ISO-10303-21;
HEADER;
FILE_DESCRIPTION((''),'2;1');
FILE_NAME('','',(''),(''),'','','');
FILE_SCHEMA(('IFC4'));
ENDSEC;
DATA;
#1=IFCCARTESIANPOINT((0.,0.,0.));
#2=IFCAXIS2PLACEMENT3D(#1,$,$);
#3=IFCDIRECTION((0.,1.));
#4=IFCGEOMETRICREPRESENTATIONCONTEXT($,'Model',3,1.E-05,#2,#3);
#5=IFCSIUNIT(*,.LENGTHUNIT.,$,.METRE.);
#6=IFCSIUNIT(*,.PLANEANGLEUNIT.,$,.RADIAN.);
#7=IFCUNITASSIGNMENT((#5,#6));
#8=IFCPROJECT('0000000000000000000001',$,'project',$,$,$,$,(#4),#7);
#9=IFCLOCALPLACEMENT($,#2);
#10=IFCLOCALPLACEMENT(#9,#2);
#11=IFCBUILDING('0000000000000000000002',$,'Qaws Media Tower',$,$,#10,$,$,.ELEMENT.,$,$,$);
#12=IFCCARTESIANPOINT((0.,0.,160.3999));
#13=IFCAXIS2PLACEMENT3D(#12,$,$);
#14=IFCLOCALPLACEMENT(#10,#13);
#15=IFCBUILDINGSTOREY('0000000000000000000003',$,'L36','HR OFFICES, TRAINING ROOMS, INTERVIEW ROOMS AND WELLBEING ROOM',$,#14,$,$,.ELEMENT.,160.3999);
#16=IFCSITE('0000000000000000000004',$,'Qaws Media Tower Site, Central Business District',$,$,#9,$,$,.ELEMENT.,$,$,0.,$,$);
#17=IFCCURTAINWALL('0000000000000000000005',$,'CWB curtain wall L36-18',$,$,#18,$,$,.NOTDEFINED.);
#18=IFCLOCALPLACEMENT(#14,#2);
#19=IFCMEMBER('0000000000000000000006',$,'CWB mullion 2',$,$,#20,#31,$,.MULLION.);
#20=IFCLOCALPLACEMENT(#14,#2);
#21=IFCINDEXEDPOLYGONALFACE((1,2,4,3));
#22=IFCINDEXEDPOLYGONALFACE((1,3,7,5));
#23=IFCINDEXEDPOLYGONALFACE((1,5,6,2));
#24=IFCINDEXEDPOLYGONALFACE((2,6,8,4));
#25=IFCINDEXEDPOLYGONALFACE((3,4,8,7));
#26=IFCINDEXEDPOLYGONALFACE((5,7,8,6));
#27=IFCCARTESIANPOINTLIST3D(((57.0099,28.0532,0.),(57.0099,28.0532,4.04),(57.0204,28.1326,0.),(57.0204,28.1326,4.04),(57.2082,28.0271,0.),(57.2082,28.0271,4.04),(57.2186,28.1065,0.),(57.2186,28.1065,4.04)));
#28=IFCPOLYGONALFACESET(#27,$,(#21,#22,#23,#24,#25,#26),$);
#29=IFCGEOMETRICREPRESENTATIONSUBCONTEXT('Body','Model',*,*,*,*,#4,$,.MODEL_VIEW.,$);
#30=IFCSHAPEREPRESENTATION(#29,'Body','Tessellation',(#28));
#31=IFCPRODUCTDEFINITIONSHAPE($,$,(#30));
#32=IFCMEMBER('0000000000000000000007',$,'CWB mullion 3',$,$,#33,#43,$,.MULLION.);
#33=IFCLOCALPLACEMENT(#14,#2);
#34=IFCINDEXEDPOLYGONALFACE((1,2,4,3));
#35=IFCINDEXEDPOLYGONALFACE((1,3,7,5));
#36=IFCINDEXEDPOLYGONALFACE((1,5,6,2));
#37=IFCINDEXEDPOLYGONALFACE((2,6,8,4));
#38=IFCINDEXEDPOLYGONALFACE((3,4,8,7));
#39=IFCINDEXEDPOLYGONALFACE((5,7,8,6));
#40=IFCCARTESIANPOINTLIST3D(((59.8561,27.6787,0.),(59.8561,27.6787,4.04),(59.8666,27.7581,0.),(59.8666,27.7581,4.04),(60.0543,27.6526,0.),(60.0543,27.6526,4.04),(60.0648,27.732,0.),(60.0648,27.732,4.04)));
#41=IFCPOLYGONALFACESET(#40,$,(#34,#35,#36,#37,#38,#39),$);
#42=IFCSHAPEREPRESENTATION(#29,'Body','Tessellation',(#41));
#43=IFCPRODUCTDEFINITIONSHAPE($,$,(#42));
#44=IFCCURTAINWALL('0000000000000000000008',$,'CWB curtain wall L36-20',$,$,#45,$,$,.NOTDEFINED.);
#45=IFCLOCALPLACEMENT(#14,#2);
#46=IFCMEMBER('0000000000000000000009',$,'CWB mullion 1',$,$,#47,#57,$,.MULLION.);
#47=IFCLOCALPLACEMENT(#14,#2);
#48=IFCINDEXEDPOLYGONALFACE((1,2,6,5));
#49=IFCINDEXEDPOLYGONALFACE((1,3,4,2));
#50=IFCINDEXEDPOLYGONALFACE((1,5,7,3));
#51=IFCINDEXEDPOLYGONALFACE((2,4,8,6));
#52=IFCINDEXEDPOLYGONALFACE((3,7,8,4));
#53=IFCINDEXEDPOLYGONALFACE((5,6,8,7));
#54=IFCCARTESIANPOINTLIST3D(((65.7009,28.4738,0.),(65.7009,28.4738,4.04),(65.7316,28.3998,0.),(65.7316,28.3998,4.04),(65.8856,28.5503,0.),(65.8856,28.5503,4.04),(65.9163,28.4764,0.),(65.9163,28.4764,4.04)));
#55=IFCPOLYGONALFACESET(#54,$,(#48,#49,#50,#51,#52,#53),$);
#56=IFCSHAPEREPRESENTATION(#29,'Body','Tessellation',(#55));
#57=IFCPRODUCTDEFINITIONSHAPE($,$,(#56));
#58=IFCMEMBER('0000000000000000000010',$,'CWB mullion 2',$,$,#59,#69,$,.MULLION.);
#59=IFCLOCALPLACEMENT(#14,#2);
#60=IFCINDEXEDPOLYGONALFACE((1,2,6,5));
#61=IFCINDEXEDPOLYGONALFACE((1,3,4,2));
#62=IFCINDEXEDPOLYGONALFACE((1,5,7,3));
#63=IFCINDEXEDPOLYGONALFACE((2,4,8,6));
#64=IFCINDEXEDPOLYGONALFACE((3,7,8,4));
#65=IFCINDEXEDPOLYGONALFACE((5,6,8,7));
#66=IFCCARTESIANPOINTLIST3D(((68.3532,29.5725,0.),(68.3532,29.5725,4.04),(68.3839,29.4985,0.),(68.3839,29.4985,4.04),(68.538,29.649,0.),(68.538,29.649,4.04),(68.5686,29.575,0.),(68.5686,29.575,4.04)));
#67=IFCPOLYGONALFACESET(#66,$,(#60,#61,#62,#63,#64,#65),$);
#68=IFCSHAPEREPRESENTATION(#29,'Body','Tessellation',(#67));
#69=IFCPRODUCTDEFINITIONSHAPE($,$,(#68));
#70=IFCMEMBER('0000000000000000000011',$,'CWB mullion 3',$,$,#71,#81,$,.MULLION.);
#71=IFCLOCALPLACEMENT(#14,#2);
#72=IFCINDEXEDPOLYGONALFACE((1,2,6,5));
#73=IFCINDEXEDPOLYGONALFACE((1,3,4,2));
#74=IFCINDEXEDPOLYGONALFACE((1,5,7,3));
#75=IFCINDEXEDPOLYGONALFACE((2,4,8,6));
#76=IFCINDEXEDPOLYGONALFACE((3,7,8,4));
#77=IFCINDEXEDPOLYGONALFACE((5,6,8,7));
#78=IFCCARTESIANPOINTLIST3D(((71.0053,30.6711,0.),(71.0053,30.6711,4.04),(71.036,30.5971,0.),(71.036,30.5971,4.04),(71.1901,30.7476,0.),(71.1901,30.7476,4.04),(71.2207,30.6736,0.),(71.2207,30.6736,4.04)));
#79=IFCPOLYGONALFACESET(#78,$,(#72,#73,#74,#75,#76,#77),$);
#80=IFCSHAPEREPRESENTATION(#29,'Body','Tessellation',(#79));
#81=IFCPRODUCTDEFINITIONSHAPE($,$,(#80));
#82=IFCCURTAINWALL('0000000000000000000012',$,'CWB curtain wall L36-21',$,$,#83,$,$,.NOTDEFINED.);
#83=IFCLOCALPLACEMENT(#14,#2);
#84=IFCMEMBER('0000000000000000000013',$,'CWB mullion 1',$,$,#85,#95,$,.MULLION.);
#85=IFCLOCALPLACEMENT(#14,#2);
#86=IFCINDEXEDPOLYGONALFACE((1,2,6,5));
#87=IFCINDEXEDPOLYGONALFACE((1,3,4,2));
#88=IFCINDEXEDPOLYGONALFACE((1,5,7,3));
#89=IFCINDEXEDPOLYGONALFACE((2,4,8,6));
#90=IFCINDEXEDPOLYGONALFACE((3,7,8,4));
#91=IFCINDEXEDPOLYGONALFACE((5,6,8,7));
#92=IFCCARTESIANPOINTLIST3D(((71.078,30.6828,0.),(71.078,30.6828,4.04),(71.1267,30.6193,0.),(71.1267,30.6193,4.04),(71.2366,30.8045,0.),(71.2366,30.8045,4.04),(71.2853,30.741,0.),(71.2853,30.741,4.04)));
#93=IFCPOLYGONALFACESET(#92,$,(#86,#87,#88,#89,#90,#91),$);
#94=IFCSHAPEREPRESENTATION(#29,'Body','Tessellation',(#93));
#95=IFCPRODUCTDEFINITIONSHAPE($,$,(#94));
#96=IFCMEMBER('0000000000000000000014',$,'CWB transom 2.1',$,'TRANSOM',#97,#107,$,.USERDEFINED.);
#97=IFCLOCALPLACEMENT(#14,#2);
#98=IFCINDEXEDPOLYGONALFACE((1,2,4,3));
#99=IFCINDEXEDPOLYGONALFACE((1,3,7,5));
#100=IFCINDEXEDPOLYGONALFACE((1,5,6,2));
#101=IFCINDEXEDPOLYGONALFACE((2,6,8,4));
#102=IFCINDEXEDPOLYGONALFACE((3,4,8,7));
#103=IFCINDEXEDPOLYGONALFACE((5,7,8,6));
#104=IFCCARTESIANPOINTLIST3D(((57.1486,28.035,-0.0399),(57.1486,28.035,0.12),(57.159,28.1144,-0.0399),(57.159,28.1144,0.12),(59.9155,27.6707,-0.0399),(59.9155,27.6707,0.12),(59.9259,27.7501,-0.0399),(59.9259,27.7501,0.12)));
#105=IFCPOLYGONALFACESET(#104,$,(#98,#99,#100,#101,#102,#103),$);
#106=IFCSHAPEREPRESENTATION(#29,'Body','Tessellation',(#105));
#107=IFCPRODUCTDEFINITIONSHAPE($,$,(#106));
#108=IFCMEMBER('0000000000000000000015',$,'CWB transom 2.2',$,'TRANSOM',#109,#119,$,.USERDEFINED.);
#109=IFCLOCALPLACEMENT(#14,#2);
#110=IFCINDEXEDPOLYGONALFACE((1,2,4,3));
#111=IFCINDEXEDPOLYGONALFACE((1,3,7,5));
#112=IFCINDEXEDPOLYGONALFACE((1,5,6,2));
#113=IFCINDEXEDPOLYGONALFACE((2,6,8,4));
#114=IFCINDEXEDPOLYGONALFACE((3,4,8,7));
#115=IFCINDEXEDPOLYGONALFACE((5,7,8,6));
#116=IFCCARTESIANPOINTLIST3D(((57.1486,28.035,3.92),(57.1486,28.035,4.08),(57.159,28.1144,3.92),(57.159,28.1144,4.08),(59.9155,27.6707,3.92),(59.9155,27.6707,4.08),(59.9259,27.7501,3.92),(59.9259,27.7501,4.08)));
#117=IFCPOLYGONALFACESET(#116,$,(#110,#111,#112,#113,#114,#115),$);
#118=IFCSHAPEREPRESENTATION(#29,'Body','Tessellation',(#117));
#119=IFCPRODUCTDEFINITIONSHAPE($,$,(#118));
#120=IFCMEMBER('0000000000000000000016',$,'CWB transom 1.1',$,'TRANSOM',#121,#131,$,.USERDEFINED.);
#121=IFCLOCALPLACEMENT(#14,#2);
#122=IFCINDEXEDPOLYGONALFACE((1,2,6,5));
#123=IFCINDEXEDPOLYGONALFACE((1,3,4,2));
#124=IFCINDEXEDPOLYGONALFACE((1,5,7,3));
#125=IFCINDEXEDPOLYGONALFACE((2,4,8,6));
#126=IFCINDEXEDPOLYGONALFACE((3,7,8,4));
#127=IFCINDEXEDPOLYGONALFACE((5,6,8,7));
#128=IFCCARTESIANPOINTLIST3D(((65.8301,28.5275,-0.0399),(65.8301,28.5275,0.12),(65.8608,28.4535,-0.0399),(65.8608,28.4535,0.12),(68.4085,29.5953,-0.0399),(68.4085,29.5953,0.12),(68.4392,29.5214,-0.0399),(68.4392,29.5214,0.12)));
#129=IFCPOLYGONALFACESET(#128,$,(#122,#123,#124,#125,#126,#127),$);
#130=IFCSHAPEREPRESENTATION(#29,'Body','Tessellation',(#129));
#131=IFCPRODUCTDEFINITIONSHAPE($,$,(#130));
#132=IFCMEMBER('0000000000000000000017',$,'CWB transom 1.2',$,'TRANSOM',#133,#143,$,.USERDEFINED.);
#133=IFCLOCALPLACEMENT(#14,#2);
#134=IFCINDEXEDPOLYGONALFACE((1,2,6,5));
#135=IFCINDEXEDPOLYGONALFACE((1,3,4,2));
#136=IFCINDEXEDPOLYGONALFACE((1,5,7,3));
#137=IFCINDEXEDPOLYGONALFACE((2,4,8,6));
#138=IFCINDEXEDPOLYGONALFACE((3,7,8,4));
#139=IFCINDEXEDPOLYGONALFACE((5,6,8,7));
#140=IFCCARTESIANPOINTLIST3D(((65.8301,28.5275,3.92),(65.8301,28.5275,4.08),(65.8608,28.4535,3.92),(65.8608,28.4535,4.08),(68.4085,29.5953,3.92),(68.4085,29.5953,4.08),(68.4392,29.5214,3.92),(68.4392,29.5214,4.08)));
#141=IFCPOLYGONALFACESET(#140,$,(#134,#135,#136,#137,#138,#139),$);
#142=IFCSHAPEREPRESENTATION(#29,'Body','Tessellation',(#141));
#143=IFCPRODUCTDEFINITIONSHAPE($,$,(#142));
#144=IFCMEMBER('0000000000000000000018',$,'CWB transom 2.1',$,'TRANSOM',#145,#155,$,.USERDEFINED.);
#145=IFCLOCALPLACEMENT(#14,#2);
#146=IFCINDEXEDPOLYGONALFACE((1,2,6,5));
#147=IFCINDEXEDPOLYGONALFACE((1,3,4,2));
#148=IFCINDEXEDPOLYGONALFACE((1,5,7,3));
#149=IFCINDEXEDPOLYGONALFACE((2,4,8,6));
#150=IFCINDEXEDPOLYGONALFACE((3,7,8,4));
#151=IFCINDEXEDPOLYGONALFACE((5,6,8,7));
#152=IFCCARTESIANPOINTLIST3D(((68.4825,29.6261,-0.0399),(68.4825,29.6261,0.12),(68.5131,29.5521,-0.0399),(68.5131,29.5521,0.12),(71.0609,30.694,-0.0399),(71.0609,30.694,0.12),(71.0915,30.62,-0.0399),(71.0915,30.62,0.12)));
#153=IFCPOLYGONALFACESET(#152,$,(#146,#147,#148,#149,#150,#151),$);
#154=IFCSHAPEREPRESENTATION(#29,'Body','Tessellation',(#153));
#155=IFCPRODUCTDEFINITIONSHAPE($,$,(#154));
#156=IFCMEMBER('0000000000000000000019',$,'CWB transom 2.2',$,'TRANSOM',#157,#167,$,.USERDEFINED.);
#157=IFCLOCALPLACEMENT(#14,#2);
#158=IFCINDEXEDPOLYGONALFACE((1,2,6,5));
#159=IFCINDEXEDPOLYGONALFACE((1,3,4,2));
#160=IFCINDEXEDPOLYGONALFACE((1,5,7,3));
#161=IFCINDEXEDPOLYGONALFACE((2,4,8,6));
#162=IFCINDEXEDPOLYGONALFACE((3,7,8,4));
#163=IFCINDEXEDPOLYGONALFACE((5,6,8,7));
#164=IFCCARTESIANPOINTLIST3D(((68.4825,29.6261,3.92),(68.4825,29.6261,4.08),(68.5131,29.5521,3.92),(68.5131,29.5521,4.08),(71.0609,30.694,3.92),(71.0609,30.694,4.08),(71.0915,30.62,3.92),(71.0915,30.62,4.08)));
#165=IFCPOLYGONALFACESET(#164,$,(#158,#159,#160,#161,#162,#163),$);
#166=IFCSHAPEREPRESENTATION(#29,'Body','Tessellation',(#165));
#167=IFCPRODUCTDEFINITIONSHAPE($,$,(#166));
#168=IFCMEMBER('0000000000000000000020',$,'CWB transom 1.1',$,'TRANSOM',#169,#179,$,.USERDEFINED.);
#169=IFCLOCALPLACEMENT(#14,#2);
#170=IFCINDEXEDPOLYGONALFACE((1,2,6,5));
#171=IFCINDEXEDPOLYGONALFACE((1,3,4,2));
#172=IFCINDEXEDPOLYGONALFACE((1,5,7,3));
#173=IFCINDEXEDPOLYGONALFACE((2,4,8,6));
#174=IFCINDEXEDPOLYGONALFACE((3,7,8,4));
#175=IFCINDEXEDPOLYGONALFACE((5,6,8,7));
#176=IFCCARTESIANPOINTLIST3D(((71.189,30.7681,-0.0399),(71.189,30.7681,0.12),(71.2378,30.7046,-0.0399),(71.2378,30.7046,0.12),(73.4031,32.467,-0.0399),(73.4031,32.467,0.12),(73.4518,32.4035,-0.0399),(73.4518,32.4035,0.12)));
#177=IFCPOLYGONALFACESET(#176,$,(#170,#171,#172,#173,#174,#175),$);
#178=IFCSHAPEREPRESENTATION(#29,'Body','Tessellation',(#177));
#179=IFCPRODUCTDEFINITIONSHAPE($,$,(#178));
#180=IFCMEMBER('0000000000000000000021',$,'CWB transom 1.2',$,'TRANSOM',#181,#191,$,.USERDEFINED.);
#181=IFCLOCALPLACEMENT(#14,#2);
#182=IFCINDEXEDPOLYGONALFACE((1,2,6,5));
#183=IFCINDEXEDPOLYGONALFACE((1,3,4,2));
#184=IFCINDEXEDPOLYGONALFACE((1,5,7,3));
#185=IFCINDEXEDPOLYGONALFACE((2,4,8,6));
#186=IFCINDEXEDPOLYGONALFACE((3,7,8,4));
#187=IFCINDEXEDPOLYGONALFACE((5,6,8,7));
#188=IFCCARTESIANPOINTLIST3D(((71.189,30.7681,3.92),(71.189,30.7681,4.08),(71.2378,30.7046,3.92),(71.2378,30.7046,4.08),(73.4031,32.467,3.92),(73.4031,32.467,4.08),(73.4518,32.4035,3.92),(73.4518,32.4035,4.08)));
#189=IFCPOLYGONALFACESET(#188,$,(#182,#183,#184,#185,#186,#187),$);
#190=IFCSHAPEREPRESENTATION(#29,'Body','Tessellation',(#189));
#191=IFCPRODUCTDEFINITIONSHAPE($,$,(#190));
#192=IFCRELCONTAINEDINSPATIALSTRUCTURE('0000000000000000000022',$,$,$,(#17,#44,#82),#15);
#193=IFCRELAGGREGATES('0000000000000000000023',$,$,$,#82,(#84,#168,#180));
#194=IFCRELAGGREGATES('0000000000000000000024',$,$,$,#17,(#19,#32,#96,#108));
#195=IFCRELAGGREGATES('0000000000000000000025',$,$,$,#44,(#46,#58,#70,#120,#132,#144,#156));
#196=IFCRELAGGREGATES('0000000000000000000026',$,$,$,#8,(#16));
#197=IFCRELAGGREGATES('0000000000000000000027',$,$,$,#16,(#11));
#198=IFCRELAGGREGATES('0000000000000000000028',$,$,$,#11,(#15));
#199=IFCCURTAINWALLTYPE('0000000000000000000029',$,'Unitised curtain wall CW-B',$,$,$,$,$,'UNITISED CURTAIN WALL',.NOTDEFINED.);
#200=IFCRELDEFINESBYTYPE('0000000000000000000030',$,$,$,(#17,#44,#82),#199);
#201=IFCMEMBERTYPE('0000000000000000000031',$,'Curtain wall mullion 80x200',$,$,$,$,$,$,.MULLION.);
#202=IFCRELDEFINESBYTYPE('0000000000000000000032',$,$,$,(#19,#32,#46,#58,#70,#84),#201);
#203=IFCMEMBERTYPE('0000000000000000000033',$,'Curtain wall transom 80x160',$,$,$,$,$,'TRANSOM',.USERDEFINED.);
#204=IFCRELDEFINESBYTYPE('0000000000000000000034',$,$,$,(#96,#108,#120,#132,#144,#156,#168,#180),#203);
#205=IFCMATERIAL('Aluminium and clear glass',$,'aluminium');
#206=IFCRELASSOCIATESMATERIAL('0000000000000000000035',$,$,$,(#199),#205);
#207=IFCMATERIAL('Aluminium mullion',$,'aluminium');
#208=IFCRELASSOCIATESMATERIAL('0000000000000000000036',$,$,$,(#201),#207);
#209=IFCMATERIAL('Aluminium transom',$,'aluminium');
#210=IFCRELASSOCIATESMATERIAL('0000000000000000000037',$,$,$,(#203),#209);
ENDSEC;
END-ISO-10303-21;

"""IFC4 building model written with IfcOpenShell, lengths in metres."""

from ifc_helpers import new_model, si_unit, direction, frame, origin, origin_2d, place, context, subcontext, project, spatial, rectangle, extrude, material, material_profile, profile_set, type_object, element, aggregate, save


model = new_model("IFC4")

# Units and contexts
model_context = context("Model", 3, precision=1e-05, world=origin(), true_north=direction((0.0, 1.0)))
body_context = subcontext(model_context, "Body", "Model", "MODEL_VIEW")
ifc_project = project(units=[si_unit("LENGTHUNIT", "METRE"), si_unit("PLANEANGLEUNIT", "RADIAN")], contexts=[model_context])

# Site, building, storey
site_placement = place(None, origin())
site = spatial("IfcSite", under=ifc_project, at=site_placement, Name="Qaws Media Tower Site, Central Business District", CompositionType="ELEMENT", RefElevation=0.0)
building_placement = place(site_placement, origin())
building = spatial("IfcBuilding", under=site, at=building_placement, Name="Qaws Media Tower", CompositionType="ELEMENT")
storey_placement = place(building_placement, frame((0.0, 0.0, 160.3999)))
storey = spatial("IfcBuildingStorey", under=building, at=storey_placement, Name="L36", Description="HR OFFICES, TRAINING ROOMS, INTERVIEW ROOMS AND WELLBEING ROOM", CompositionType="ELEMENT", Elevation=160.3999)

# Curtain walls, members
ifc_material_1 = material(Name="Aluminium and clear glass", Category="aluminium")
curtain_wall_type = type_object("IfcCurtainWallType", Name="Unitised curtain wall CW-B", ElementType="UNITISED CURTAIN WALL", PredefinedType="NOTDEFINED", material=ifc_material_1)
curtain_wall_1_placement = place(storey_placement, origin())
curtain_wall_1 = element("IfcCurtainWall", 1, at=curtain_wall_1_placement, inside=storey, type_object=curtain_wall_type, Name="CWB curtain wall L36-18", PredefinedType="NOTDEFINED")
ifc_material_2 = material(Name="Aluminium mullion", Category="aluminium")
ifc_material_profile_1 = material_profile(ifc_material_2, rectangle(XDim=0.0801, YDim=0.2, at=origin_2d()), Name="80x200")
ifc_profile_set_1 = profile_set([ifc_material_profile_1], Name="Aluminium mullion")
member_type_1 = type_object("IfcMemberType", Name="Curtain wall mullion 80x200", PredefinedType="MULLION", material=ifc_profile_set_1)
member_1_placement = place(storey_placement, frame((57.1143, 28.0798, 0.0), z_axis=(0.0, 0.0, 1.0), x_axis=(0.130526, 0.991445, 0.0)))
member_1 = element("IfcMember", 2, at=member_1_placement, type_object=member_type_1, Name="CWB mullion 2", PredefinedType="MULLION", context=body_context, shape_type="SweptSolid", body=[
    extrude(rectangle(XDim=0.0801, YDim=0.2, at=origin_2d()), origin(), (0.0, 0.0, 1.0), 4.04),
])
member_2_placement = place(storey_placement, frame((59.9604, 27.7053, 0.0), z_axis=(0.0, 0.0, 1.0), x_axis=(0.130526, 0.991445, 0.0)))
member_2 = element("IfcMember", 3, at=member_2_placement, type_object=member_type_1, Name="CWB mullion 3", PredefinedType="MULLION", context=body_context, shape_type="SweptSolid", body=[
    extrude(rectangle(XDim=0.0801, YDim=0.2, at=origin_2d()), origin(), (0.0, 0.0, 1.0), 4.04),
])
curtain_wall_2_placement = place(storey_placement, origin())
curtain_wall_2 = element("IfcCurtainWall", 4, at=curtain_wall_2_placement, inside=storey, type_object=curtain_wall_type, Name="CWB curtain wall L36-20", PredefinedType="NOTDEFINED")
member_3_placement = place(storey_placement, frame((65.8086, 28.4751, 0.0), z_axis=(0.0, 0.0, 1.0), x_axis=(-0.382683, 0.92388, 0.0)))
member_3 = element("IfcMember", 5, at=member_3_placement, type_object=member_type_1, Name="CWB mullion 1", PredefinedType="MULLION", context=body_context, shape_type="SweptSolid", body=[
    extrude(rectangle(XDim=0.0801, YDim=0.2, at=origin_2d()), origin(), (0.0, 0.0, 1.0), 4.04),
])
member_4_placement = place(storey_placement, frame((68.4609, 29.5737, 0.0), z_axis=(0.0, 0.0, 1.0), x_axis=(-0.382683, 0.92388, 0.0)))
member_4 = element("IfcMember", 6, at=member_4_placement, type_object=member_type_1, Name="CWB mullion 2", PredefinedType="MULLION", context=body_context, shape_type="SweptSolid", body=[
    extrude(rectangle(XDim=0.0801, YDim=0.2, at=origin_2d()), origin(), (0.0, 0.0, 1.0), 4.04),
])
member_5_placement = place(storey_placement, frame((71.113, 30.6724, 0.0), z_axis=(0.0, 0.0, 1.0), x_axis=(-0.382683, 0.92388, 0.0)))
member_5 = element("IfcMember", 7, at=member_5_placement, type_object=member_type_1, Name="CWB mullion 3", PredefinedType="MULLION", context=body_context, shape_type="SweptSolid", body=[
    extrude(rectangle(XDim=0.0801, YDim=0.2, at=origin_2d()), origin(), (0.0, 0.0, 1.0), 4.04),
])

# Curtain wall, member
curtain_wall_3_placement = place(storey_placement, origin())
curtain_wall_3 = element("IfcCurtainWall", 8, at=curtain_wall_3_placement, inside=storey, type_object=curtain_wall_type, Name="CWB curtain wall L36-21", PredefinedType="NOTDEFINED")
member_6_placement = place(storey_placement, frame((71.1816, 30.7119, 0.0), z_axis=(0.0, 0.0, 1.0), x_axis=(-0.608762, 0.793353, 0.0)))
member_6 = element("IfcMember", 9, at=member_6_placement, type_object=member_type_1, Name="CWB mullion 1", PredefinedType="MULLION", context=body_context, shape_type="SweptSolid", body=[
    extrude(rectangle(XDim=0.0801, YDim=0.2, at=origin_2d()), origin(), (0.0, 0.0, 1.0), 4.04),
])

# Members
ifc_material_3 = material(Name="Aluminium transom", Category="aluminium")
ifc_material_profile_2 = material_profile(ifc_material_3, rectangle(XDim=0.0801, YDim=0.1599, at=origin_2d()), Name="80x160")
ifc_profile_set_2 = profile_set([ifc_material_profile_2], Name="Aluminium transom")
member_type_2 = type_object("IfcMemberType", Name="Curtain wall transom 80x160", ElementType="TRANSOM", PredefinedType="USERDEFINED", material=ifc_profile_set_2)
member_7_placement = place(storey_placement, frame((57.1538, 28.0747, 0.04), z_axis=(0.991445, -0.130525, 0.0), x_axis=(0.130525, 0.991445, 0.0)))
member_7 = element("IfcMember", 10, at=member_7_placement, type_object=member_type_2, Name="CWB transom 2.1", ObjectType="TRANSOM", PredefinedType="USERDEFINED", context=body_context, shape_type="SweptSolid", body=[
    extrude(rectangle(XDim=0.0801, YDim=0.1599, at=origin_2d()), origin(), (0.0, 0.0, 1.0), 2.7908),
])
member_8_placement = place(storey_placement, frame((57.1538, 28.0747, 4.0), z_axis=(0.991445, -0.130525, 0.0), x_axis=(0.130525, 0.991445, 0.0)))
member_8 = element("IfcMember", 11, at=member_8_placement, type_object=member_type_2, Name="CWB transom 2.2", ObjectType="TRANSOM", PredefinedType="USERDEFINED", context=body_context, shape_type="SweptSolid", body=[
    extrude(rectangle(XDim=0.0801, YDim=0.1599, at=origin_2d()), origin(), (0.0, 0.0, 1.0), 2.7908),
])
member_9_placement = place(storey_placement, frame((65.8455, 28.4905, 0.04), z_axis=(0.923895, 0.382645, 0.0), x_axis=(-0.382645, 0.923895, 0.0)))
member_9 = element("IfcMember", 12, at=member_9_placement, type_object=member_type_2, Name="CWB transom 1.1", ObjectType="TRANSOM", PredefinedType="USERDEFINED", context=body_context, shape_type="SweptSolid", body=[
    extrude(rectangle(XDim=0.0801, YDim=0.1599, at=origin_2d()), origin(), (0.0, 0.0, 1.0), 2.7908),
])
member_10_placement = place(storey_placement, frame((65.8455, 28.4905, 4.0), z_axis=(0.923895, 0.382645, 0.0), x_axis=(-0.382645, 0.923895, 0.0)))
member_10 = element("IfcMember", 13, at=member_10_placement, type_object=member_type_2, Name="CWB transom 1.2", ObjectType="TRANSOM", PredefinedType="USERDEFINED", context=body_context, shape_type="SweptSolid", body=[
    extrude(rectangle(XDim=0.0801, YDim=0.1599, at=origin_2d()), origin(), (0.0, 0.0, 1.0), 2.7908),
])
member_11_placement = place(storey_placement, frame((68.4978, 29.5891, 0.04), z_axis=(0.923895, 0.382645, 0.0), x_axis=(-0.382645, 0.923895, 0.0)))
member_11 = element("IfcMember", 14, at=member_11_placement, type_object=member_type_2, Name="CWB transom 2.1", ObjectType="TRANSOM", PredefinedType="USERDEFINED", context=body_context, shape_type="SweptSolid", body=[
    extrude(rectangle(XDim=0.0801, YDim=0.1599, at=origin_2d()), origin(), (0.0, 0.0, 1.0), 2.7908),
])
member_12_placement = place(storey_placement, frame((68.4978, 29.5891, 4.0), z_axis=(0.923895, 0.382645, 0.0), x_axis=(-0.382645, 0.923895, 0.0)))
member_12 = element("IfcMember", 15, at=member_12_placement, type_object=member_type_2, Name="CWB transom 2.2", ObjectType="TRANSOM", PredefinedType="USERDEFINED", context=body_context, shape_type="SweptSolid", body=[
    extrude(rectangle(XDim=0.0801, YDim=0.1599, at=origin_2d()), origin(), (0.0, 0.0, 1.0), 2.7908),
])
member_13_placement = place(storey_placement, frame((71.2134, 30.7363, 0.04), z_axis=(0.793349, 0.608768, 0.0), x_axis=(-0.608768, 0.793349, 0.0)))
member_13 = element("IfcMember", 16, at=member_13_placement, type_object=member_type_2, Name="CWB transom 1.1", ObjectType="TRANSOM", PredefinedType="USERDEFINED", context=body_context, shape_type="SweptSolid", body=[
    extrude(rectangle(XDim=0.0801, YDim=0.1599, at=origin_2d()), origin(), (0.0, 0.0, 1.0), 2.7908),
])
member_14_placement = place(storey_placement, frame((71.2134, 30.7363, 4.0), z_axis=(0.793349, 0.608768, 0.0), x_axis=(-0.608768, 0.793349, 0.0)))
member_14 = element("IfcMember", 17, at=member_14_placement, type_object=member_type_2, Name="CWB transom 1.2", ObjectType="TRANSOM", PredefinedType="USERDEFINED", context=body_context, shape_type="SweptSolid", body=[
    extrude(rectangle(XDim=0.0801, YDim=0.1599, at=origin_2d()), origin(), (0.0, 0.0, 1.0), 2.7908),
])
aggregate(curtain_wall_3, [member_6, member_13, member_14])

aggregate(curtain_wall_1, [member_1, member_2, member_7, member_8])
aggregate(curtain_wall_2, [member_3, member_4, member_5, member_9, member_10, member_11, member_12])

save(model, "model.ifc")
